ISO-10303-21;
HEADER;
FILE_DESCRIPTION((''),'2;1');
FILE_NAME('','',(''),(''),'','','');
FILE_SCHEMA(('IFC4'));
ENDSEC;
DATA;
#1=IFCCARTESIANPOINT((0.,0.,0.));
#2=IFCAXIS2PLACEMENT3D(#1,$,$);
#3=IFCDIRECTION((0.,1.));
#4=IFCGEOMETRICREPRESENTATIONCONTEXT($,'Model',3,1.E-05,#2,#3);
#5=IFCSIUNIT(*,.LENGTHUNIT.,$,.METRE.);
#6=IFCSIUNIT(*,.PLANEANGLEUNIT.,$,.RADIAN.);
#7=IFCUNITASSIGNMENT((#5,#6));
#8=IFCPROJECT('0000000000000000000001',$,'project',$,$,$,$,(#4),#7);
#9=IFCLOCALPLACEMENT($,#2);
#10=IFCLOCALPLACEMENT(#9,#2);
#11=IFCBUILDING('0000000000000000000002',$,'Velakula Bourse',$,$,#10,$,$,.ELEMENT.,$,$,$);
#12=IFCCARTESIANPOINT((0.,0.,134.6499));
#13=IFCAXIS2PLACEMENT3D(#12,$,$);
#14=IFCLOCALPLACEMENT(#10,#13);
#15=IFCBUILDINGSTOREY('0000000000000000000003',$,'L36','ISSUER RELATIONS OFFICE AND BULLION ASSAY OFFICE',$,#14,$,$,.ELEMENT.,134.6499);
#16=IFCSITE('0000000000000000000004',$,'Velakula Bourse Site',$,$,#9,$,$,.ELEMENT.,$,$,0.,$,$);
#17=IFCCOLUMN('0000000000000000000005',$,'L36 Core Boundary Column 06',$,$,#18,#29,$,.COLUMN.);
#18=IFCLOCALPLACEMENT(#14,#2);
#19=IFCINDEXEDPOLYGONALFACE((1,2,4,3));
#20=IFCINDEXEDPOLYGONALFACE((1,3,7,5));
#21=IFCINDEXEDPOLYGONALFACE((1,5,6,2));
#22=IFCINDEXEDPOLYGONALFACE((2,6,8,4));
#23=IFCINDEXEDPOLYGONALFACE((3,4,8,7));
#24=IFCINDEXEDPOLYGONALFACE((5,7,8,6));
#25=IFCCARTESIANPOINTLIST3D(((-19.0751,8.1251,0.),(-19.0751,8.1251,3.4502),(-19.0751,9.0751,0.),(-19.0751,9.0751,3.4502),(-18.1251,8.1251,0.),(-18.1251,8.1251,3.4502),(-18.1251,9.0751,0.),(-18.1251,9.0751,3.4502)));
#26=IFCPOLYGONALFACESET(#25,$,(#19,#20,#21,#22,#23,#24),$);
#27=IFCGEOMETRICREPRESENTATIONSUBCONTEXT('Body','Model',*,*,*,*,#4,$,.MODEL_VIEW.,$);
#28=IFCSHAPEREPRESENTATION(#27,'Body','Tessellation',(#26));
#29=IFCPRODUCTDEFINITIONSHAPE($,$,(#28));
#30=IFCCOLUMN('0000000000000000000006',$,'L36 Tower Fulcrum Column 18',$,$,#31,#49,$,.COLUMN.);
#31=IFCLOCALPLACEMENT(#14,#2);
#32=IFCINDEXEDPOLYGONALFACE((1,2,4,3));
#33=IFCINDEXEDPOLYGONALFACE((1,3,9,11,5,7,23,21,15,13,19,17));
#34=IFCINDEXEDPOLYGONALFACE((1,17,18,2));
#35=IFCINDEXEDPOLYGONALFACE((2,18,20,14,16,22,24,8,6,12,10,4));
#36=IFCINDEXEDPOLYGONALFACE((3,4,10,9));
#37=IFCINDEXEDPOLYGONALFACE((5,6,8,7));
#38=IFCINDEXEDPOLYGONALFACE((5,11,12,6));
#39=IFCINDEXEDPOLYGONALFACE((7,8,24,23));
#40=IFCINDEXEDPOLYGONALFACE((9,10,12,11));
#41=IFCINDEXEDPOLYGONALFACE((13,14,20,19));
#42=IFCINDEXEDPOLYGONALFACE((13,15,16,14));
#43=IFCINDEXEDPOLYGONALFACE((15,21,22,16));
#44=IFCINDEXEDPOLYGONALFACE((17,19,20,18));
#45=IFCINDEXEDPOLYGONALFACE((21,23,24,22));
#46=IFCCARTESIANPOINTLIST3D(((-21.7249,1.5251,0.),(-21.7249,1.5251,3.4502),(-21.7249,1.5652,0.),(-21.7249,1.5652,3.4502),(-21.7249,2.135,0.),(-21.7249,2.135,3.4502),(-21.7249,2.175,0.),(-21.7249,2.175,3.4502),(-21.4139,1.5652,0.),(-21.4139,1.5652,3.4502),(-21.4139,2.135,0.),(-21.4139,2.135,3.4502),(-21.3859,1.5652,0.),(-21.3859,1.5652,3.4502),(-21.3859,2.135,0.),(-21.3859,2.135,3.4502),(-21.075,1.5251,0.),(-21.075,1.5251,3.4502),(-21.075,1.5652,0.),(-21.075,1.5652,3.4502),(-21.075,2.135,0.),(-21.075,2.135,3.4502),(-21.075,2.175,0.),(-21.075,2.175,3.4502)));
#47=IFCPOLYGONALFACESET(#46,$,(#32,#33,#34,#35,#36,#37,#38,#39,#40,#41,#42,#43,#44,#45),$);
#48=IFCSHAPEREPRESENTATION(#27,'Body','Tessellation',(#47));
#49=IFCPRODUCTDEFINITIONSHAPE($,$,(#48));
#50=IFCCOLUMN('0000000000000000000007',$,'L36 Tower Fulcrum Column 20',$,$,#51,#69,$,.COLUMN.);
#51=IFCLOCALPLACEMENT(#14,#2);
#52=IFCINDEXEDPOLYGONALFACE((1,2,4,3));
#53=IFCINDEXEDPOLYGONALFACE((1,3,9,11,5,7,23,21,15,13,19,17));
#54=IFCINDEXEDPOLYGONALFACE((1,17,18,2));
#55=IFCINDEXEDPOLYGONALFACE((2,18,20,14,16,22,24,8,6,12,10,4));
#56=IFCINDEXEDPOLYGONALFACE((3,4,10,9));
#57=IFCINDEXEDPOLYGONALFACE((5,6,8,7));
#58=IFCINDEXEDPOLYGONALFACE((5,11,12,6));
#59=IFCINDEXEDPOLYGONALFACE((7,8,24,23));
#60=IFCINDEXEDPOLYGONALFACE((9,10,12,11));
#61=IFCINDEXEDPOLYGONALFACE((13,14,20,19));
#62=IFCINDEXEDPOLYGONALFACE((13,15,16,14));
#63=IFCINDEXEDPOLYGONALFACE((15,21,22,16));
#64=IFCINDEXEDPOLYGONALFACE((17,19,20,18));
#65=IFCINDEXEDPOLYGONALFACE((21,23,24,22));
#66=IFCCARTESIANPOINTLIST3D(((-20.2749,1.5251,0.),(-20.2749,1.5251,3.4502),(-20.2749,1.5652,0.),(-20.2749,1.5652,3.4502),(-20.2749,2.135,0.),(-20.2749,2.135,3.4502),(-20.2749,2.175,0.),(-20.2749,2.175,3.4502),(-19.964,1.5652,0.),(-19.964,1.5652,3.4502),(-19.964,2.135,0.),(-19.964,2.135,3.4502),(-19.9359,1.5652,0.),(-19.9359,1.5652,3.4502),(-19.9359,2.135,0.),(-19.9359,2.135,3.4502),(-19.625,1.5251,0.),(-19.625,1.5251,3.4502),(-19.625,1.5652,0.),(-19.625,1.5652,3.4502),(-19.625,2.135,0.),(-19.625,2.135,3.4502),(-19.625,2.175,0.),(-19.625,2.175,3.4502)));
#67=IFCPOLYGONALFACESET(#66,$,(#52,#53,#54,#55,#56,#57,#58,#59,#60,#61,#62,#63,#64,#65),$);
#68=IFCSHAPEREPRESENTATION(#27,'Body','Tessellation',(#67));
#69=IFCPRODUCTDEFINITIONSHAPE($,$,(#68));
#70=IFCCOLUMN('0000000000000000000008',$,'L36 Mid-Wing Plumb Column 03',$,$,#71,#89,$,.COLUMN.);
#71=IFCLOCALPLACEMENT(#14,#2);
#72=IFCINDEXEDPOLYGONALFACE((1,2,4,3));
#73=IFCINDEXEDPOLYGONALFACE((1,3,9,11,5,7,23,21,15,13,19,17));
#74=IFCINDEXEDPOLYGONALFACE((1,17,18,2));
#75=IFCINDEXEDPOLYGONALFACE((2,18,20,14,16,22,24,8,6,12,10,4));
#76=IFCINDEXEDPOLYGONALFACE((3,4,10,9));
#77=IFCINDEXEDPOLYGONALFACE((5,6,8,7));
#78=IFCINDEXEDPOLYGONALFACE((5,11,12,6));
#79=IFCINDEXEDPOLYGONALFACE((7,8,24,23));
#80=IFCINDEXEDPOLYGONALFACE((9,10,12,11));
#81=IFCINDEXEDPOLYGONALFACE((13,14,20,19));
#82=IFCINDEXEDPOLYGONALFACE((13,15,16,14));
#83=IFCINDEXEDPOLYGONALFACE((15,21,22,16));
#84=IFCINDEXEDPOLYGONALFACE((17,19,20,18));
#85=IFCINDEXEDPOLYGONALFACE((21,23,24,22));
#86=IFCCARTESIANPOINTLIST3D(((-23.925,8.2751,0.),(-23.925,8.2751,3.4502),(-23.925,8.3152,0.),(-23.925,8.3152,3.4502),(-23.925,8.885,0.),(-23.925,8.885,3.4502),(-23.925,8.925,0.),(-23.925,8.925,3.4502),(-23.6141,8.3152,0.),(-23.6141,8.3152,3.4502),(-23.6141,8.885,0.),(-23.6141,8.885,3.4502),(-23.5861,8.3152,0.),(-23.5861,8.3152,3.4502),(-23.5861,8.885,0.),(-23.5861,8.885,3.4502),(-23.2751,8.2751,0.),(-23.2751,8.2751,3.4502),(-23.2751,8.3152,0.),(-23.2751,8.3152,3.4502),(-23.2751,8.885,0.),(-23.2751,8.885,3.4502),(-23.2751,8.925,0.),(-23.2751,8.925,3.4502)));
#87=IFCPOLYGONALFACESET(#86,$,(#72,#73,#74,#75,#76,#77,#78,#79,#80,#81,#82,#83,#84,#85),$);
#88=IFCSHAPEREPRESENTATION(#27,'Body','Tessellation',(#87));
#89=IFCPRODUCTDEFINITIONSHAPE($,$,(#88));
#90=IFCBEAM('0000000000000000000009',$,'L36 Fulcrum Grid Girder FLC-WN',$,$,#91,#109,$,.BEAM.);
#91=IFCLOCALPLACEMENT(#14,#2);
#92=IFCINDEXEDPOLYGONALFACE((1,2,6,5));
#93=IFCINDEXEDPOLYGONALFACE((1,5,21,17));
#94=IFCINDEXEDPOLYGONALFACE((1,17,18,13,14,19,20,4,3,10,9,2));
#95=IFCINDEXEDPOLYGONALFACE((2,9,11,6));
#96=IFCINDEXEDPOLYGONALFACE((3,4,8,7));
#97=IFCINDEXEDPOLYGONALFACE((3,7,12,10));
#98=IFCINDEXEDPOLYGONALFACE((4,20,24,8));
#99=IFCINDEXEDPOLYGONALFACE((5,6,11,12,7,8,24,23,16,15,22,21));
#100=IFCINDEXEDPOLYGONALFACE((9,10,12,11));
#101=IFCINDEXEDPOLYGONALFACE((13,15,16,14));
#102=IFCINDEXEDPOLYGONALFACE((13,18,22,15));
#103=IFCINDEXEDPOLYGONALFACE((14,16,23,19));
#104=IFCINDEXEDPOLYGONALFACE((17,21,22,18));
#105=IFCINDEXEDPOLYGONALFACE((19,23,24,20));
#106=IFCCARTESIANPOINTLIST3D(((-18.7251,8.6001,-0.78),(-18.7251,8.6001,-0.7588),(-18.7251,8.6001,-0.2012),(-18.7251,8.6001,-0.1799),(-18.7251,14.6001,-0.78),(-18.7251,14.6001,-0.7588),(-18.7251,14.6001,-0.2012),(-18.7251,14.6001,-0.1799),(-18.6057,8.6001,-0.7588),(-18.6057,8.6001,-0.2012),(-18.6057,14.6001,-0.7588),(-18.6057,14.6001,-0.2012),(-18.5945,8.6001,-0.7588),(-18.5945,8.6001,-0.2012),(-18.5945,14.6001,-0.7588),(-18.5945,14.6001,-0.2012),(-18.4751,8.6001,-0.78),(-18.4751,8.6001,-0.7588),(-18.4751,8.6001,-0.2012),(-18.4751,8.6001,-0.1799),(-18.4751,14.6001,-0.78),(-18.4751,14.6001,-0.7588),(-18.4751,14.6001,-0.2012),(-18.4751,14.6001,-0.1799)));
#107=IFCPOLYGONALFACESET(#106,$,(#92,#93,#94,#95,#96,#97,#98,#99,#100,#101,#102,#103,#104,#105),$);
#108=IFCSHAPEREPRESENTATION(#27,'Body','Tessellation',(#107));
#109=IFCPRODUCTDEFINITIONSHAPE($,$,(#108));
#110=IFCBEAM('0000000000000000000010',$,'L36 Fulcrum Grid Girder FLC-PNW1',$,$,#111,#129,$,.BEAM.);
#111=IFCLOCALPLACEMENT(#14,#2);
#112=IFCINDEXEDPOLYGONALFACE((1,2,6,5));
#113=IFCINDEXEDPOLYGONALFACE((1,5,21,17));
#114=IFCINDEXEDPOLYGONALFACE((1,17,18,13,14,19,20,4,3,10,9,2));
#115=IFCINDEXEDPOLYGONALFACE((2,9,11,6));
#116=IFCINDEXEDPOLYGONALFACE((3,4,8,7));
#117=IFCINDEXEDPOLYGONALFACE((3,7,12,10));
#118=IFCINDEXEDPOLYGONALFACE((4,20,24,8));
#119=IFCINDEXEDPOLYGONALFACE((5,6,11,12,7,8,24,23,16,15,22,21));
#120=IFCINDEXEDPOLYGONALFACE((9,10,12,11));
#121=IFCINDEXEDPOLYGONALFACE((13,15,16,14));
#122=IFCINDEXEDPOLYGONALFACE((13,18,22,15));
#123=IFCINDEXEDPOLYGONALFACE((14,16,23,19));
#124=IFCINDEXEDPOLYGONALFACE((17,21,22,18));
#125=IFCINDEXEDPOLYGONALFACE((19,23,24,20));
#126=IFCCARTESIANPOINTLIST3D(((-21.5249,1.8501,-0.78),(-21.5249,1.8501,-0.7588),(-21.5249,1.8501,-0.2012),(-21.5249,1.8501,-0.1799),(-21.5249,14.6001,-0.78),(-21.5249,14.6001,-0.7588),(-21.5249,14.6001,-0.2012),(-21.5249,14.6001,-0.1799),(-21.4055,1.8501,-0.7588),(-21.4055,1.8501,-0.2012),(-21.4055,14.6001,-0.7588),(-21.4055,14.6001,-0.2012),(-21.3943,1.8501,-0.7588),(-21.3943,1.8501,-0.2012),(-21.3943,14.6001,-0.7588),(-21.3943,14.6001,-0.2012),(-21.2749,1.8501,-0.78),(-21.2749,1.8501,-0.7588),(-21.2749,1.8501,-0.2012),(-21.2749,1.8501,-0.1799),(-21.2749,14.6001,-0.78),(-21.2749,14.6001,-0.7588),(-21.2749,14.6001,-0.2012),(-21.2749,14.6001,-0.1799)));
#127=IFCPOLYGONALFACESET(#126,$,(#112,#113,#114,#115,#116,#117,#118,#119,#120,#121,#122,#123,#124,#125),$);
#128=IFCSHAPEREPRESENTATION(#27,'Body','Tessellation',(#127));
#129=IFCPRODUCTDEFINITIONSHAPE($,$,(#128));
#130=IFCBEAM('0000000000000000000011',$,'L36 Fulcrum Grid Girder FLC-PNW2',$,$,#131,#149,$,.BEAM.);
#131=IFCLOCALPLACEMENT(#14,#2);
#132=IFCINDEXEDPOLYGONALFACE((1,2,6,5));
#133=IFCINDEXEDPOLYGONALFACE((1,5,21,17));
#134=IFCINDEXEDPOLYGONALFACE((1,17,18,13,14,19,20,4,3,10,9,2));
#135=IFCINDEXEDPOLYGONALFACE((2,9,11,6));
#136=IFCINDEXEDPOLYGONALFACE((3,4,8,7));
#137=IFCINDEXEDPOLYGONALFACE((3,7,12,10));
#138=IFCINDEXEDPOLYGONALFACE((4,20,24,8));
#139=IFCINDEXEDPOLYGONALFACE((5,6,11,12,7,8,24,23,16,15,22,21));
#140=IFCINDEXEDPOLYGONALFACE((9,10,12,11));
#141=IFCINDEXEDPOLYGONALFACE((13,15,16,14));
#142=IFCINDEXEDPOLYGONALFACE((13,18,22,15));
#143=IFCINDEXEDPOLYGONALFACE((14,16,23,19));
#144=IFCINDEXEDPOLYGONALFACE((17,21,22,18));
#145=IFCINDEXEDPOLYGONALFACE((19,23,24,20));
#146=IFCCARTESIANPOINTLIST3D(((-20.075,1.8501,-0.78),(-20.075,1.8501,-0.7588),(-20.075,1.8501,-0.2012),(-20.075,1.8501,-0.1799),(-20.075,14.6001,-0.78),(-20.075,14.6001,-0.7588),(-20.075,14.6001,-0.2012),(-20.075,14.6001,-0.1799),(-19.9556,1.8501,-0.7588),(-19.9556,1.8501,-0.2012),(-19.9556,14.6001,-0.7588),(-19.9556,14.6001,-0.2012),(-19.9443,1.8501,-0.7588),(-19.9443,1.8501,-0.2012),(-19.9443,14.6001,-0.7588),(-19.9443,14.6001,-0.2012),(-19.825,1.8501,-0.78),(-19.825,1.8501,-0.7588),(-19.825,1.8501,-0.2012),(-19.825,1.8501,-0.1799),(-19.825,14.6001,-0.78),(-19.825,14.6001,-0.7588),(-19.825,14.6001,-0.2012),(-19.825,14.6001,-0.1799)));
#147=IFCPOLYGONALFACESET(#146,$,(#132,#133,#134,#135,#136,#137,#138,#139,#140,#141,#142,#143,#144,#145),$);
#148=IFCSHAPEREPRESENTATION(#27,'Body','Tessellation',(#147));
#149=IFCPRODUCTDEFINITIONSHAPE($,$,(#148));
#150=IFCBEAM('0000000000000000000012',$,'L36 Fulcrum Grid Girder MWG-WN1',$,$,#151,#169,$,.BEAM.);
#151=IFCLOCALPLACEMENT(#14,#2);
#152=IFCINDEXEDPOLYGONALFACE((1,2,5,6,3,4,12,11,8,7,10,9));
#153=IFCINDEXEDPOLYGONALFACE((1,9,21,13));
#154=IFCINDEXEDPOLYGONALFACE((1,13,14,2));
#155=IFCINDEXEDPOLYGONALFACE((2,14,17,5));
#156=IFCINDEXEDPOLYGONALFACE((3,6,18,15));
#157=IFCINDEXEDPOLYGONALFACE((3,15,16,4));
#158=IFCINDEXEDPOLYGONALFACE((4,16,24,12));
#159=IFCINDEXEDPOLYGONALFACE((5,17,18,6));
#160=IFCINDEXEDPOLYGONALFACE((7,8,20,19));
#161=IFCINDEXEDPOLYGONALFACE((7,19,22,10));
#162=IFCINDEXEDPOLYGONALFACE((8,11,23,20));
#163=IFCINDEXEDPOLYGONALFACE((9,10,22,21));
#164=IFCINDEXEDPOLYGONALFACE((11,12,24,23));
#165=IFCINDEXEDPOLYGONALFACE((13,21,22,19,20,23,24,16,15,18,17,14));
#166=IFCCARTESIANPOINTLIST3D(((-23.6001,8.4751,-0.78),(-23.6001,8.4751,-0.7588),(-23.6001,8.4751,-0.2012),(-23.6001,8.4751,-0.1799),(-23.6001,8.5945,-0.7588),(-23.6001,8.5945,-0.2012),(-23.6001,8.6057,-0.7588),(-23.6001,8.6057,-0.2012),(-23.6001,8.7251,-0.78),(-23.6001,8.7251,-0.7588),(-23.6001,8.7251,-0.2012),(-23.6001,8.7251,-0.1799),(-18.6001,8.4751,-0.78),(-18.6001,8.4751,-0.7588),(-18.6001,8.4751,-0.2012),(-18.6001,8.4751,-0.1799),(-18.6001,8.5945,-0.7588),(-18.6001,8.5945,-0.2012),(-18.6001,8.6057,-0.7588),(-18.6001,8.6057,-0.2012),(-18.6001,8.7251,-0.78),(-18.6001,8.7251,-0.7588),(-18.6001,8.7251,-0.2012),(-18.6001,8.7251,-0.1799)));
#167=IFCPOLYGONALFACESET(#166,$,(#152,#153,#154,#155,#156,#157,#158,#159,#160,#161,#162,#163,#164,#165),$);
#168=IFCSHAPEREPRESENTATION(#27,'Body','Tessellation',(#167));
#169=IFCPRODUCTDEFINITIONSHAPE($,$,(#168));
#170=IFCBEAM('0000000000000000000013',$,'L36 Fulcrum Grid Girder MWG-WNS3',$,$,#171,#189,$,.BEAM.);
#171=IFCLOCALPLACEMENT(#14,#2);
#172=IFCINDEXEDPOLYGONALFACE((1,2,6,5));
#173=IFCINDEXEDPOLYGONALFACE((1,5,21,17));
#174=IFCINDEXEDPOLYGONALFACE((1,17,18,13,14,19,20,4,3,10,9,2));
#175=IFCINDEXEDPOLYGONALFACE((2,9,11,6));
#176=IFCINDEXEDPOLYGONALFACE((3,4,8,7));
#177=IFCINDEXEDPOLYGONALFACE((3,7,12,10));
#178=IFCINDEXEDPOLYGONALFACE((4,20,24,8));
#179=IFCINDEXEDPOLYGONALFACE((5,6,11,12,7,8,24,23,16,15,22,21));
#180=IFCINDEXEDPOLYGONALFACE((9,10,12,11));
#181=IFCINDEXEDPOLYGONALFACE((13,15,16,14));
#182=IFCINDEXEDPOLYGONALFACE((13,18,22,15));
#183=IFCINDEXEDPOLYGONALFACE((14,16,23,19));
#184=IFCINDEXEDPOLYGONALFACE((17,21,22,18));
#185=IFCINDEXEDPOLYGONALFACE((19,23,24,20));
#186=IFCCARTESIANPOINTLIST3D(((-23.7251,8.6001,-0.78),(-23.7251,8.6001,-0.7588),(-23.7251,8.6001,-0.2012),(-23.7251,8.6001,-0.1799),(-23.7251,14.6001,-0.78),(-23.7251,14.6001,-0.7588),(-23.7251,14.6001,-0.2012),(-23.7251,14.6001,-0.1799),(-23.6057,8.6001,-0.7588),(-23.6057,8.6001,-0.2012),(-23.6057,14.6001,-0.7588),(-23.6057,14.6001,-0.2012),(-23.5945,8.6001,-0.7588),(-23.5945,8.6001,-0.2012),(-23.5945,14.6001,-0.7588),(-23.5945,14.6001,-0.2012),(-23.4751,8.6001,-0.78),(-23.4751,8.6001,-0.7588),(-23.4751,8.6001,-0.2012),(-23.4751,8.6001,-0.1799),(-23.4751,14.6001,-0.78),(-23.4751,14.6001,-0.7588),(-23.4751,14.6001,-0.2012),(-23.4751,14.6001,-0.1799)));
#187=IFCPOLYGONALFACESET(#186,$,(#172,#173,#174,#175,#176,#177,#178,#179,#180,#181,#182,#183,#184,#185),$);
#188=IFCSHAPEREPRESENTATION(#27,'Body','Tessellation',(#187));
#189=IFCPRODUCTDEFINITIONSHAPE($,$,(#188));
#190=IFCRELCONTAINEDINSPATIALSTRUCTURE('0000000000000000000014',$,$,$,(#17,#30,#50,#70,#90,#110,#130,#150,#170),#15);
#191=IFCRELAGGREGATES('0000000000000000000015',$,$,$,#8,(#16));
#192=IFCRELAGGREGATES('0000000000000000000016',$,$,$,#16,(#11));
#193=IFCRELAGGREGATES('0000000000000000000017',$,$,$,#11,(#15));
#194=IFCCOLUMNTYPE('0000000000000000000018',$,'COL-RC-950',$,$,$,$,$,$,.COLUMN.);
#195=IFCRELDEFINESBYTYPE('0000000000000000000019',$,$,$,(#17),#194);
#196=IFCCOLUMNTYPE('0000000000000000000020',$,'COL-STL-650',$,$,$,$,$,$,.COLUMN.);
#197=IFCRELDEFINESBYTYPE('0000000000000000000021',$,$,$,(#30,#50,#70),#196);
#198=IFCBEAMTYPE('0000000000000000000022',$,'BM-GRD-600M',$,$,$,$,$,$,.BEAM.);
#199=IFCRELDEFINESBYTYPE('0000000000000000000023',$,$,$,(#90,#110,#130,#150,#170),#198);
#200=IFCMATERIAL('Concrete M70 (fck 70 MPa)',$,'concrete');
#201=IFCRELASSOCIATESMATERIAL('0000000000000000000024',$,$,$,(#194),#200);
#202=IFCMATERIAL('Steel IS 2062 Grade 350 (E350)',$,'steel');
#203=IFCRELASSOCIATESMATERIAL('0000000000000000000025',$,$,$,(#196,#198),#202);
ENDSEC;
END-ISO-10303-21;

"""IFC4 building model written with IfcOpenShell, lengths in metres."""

from ifc_helpers import new_model, si_unit, direction, frame, origin, origin_2d, place, context, subcontext, project, spatial, rectangle, i_section, extrude, material, material_profile, profile_set, type_object, element, save


model = new_model("IFC4")

# Units and contexts
model_context = context("Model", 3, precision=1e-05, world=origin(), true_north=direction((0.0, 1.0)))
body_context = subcontext(model_context, "Body", "Model", "MODEL_VIEW")
ifc_project = project(units=[si_unit("LENGTHUNIT", "METRE"), si_unit("PLANEANGLEUNIT", "RADIAN")], contexts=[model_context])

# Site, building, storey
site_placement = place(None, origin())
site = spatial("IfcSite", under=ifc_project, at=site_placement, Name="Velakula Bourse Site", CompositionType="ELEMENT", RefElevation=0.0)
building_placement = place(site_placement, origin())
building = spatial("IfcBuilding", under=site, at=building_placement, Name="Velakula Bourse", CompositionType="ELEMENT")
storey_placement = place(building_placement, frame((0.0, 0.0, 134.6499)))
storey = spatial("IfcBuildingStorey", under=building, at=storey_placement, Name="L36", Description="ISSUER RELATIONS OFFICE AND BULLION ASSAY OFFICE", CompositionType="ELEMENT", Elevation=134.6499)

# Columns
ifc_material_1 = material(Name="Concrete M70 (fck 70 MPa)", Category="concrete")
ifc_material_profile_1 = material_profile(ifc_material_1, rectangle(XDim=0.95, YDim=0.95, at=origin_2d()), Name="Concrete M70 (fck 70 MPa)")
ifc_profile_set_1 = profile_set([ifc_material_profile_1], Name="Concrete M70 (fck 70 MPa)")
column_type_1 = type_object("IfcColumnType", Name="COL-RC-950", PredefinedType="COLUMN", material=ifc_profile_set_1)
column_placement = place(storey_placement, frame((-18.6001, 8.6001, 0.0), z_axis=(0.0, 0.0, 1.0), x_axis=(1.0, 0.0, 0.0)))
element("IfcColumn", 1, at=column_placement, inside=storey, type_object=column_type_1, Name="L36 Core Boundary Column 06", PredefinedType="COLUMN", context=body_context, shape_type="SweptSolid", body=[
    extrude(rectangle(XDim=0.95, YDim=0.95, at=origin_2d()), origin(), (0.0, 0.0, 1.0), 3.4502),
])
ifc_material_2 = material(Name="Steel IS 2062 Grade 350 (E350)", Category="steel")
ifc_material_profile_2 = material_profile(ifc_material_2, i_section(OverallWidth=0.6499, OverallDepth=0.6499, WebThickness=0.0281, FlangeThickness=0.04, at=origin_2d()), Name="Steel IS 2062 Grade 350 (E350)")
ifc_profile_set_2 = profile_set([ifc_material_profile_2], Name="Steel IS 2062 Grade 350 (E350)")
column_type_2 = type_object("IfcColumnType", Name="COL-STL-650", PredefinedType="COLUMN", material=ifc_profile_set_2)
for number, where, z_axis, x_axis, name in (
    (2, (-21.3999, 1.8501, 0.0), (0.0, 0.0, 1.0), (1.0, 0.0, 0.0), "L36 Tower Fulcrum Column 18"),
    (3, (-19.95, 1.8501, 0.0), (0.0, 0.0, 1.0), (1.0, 0.0, 0.0), "L36 Tower Fulcrum Column 20"),
    (4, (-23.6001, 8.6001, 0.0), (0.0, 0.0, 1.0), (1.0, 0.0, 0.0), "L36 Mid-Wing Plumb Column 03"),
):
    element("IfcColumn", number, at=place(storey_placement, frame(where, z_axis=z_axis, x_axis=x_axis)), inside=storey, type_object=column_type_2, Name=name, PredefinedType="COLUMN", context=body_context, shape_type="SweptSolid", body=[
        extrude(i_section(OverallWidth=0.6499, OverallDepth=0.6499, WebThickness=0.0281, FlangeThickness=0.04, at=origin_2d()), origin(), (0.0, 0.0, 1.0), 3.4502),
    ])

# Beams
ifc_material_profile_3 = material_profile(ifc_material_2, i_section(OverallWidth=0.25, OverallDepth=0.6001, WebThickness=0.0112, FlangeThickness=0.0212, at=origin_2d()), Name="Steel IS 2062 Grade 350 (E350)")
ifc_profile_set_3 = profile_set([ifc_material_profile_3], Name="Steel IS 2062 Grade 350 (E350)")
beam_type_1 = type_object("IfcBeamType", Name="BM-GRD-600M", PredefinedType="BEAM", material=ifc_profile_set_3)
beam_1_placement = place(storey_placement, frame((-18.6001, 8.6001, -0.48), z_axis=(0.0, 1.0, 0.0), x_axis=(-1.0, 0.0, 0.0)))
element("IfcBeam", 5, at=beam_1_placement, inside=storey, type_object=beam_type_1, Name="L36 Fulcrum Grid Girder FLC-WN", PredefinedType="BEAM", context=body_context, shape_type="SweptSolid", body=[
    extrude(i_section(OverallWidth=0.25, OverallDepth=0.6001, WebThickness=0.0112, FlangeThickness=0.0212, at=origin_2d()), origin(), (0.0, 0.0, 1.0), 6.0),
])
for number, where, z_axis, x_axis, name in (
    (6, (-21.3999, 1.8501, -0.48), (0.0, 1.0, 0.0), (-1.0, 0.0, 0.0), "L36 Fulcrum Grid Girder FLC-PNW1"),
    (7, (-19.95, 1.8501, -0.48), (0.0, 1.0, 0.0), (-1.0, 0.0, 0.0), "L36 Fulcrum Grid Girder FLC-PNW2"),
):
    element("IfcBeam", number, at=place(storey_placement, frame(where, z_axis=z_axis, x_axis=x_axis)), inside=storey, type_object=beam_type_1, Name=name, PredefinedType="BEAM", context=body_context, shape_type="SweptSolid", body=[
        extrude(i_section(OverallWidth=0.25, OverallDepth=0.6001, WebThickness=0.0112, FlangeThickness=0.0212, at=origin_2d()), origin(), (0.0, 0.0, 1.0), 12.75),
    ])
beam_2_placement = place(storey_placement, frame((-23.6001, 8.6001, -0.48), z_axis=(1.0, 0.0, 0.0), x_axis=(0.0, 1.0, 0.0)))
element("IfcBeam", 8, at=beam_2_placement, inside=storey, type_object=beam_type_1, Name="L36 Fulcrum Grid Girder MWG-WN1", PredefinedType="BEAM", context=body_context, shape_type="SweptSolid", body=[
    extrude(i_section(OverallWidth=0.25, OverallDepth=0.6001, WebThickness=0.0112, FlangeThickness=0.0212, at=origin_2d()), origin(), (0.0, 0.0, 1.0), 5.0),
])
beam_3_placement = place(storey_placement, frame((-23.6001, 8.6001, -0.48), z_axis=(0.0, 1.0, 0.0), x_axis=(-1.0, 0.0, 0.0)))
element("IfcBeam", 9, at=beam_3_placement, inside=storey, type_object=beam_type_1, Name="L36 Fulcrum Grid Girder MWG-WNS3", PredefinedType="BEAM", context=body_context, shape_type="SweptSolid", body=[
    extrude(i_section(OverallWidth=0.25, OverallDepth=0.6001, WebThickness=0.0112, FlangeThickness=0.0212, at=origin_2d()), origin(), (0.0, 0.0, 1.0), 6.0),
])

save(model, "model.ifc")
